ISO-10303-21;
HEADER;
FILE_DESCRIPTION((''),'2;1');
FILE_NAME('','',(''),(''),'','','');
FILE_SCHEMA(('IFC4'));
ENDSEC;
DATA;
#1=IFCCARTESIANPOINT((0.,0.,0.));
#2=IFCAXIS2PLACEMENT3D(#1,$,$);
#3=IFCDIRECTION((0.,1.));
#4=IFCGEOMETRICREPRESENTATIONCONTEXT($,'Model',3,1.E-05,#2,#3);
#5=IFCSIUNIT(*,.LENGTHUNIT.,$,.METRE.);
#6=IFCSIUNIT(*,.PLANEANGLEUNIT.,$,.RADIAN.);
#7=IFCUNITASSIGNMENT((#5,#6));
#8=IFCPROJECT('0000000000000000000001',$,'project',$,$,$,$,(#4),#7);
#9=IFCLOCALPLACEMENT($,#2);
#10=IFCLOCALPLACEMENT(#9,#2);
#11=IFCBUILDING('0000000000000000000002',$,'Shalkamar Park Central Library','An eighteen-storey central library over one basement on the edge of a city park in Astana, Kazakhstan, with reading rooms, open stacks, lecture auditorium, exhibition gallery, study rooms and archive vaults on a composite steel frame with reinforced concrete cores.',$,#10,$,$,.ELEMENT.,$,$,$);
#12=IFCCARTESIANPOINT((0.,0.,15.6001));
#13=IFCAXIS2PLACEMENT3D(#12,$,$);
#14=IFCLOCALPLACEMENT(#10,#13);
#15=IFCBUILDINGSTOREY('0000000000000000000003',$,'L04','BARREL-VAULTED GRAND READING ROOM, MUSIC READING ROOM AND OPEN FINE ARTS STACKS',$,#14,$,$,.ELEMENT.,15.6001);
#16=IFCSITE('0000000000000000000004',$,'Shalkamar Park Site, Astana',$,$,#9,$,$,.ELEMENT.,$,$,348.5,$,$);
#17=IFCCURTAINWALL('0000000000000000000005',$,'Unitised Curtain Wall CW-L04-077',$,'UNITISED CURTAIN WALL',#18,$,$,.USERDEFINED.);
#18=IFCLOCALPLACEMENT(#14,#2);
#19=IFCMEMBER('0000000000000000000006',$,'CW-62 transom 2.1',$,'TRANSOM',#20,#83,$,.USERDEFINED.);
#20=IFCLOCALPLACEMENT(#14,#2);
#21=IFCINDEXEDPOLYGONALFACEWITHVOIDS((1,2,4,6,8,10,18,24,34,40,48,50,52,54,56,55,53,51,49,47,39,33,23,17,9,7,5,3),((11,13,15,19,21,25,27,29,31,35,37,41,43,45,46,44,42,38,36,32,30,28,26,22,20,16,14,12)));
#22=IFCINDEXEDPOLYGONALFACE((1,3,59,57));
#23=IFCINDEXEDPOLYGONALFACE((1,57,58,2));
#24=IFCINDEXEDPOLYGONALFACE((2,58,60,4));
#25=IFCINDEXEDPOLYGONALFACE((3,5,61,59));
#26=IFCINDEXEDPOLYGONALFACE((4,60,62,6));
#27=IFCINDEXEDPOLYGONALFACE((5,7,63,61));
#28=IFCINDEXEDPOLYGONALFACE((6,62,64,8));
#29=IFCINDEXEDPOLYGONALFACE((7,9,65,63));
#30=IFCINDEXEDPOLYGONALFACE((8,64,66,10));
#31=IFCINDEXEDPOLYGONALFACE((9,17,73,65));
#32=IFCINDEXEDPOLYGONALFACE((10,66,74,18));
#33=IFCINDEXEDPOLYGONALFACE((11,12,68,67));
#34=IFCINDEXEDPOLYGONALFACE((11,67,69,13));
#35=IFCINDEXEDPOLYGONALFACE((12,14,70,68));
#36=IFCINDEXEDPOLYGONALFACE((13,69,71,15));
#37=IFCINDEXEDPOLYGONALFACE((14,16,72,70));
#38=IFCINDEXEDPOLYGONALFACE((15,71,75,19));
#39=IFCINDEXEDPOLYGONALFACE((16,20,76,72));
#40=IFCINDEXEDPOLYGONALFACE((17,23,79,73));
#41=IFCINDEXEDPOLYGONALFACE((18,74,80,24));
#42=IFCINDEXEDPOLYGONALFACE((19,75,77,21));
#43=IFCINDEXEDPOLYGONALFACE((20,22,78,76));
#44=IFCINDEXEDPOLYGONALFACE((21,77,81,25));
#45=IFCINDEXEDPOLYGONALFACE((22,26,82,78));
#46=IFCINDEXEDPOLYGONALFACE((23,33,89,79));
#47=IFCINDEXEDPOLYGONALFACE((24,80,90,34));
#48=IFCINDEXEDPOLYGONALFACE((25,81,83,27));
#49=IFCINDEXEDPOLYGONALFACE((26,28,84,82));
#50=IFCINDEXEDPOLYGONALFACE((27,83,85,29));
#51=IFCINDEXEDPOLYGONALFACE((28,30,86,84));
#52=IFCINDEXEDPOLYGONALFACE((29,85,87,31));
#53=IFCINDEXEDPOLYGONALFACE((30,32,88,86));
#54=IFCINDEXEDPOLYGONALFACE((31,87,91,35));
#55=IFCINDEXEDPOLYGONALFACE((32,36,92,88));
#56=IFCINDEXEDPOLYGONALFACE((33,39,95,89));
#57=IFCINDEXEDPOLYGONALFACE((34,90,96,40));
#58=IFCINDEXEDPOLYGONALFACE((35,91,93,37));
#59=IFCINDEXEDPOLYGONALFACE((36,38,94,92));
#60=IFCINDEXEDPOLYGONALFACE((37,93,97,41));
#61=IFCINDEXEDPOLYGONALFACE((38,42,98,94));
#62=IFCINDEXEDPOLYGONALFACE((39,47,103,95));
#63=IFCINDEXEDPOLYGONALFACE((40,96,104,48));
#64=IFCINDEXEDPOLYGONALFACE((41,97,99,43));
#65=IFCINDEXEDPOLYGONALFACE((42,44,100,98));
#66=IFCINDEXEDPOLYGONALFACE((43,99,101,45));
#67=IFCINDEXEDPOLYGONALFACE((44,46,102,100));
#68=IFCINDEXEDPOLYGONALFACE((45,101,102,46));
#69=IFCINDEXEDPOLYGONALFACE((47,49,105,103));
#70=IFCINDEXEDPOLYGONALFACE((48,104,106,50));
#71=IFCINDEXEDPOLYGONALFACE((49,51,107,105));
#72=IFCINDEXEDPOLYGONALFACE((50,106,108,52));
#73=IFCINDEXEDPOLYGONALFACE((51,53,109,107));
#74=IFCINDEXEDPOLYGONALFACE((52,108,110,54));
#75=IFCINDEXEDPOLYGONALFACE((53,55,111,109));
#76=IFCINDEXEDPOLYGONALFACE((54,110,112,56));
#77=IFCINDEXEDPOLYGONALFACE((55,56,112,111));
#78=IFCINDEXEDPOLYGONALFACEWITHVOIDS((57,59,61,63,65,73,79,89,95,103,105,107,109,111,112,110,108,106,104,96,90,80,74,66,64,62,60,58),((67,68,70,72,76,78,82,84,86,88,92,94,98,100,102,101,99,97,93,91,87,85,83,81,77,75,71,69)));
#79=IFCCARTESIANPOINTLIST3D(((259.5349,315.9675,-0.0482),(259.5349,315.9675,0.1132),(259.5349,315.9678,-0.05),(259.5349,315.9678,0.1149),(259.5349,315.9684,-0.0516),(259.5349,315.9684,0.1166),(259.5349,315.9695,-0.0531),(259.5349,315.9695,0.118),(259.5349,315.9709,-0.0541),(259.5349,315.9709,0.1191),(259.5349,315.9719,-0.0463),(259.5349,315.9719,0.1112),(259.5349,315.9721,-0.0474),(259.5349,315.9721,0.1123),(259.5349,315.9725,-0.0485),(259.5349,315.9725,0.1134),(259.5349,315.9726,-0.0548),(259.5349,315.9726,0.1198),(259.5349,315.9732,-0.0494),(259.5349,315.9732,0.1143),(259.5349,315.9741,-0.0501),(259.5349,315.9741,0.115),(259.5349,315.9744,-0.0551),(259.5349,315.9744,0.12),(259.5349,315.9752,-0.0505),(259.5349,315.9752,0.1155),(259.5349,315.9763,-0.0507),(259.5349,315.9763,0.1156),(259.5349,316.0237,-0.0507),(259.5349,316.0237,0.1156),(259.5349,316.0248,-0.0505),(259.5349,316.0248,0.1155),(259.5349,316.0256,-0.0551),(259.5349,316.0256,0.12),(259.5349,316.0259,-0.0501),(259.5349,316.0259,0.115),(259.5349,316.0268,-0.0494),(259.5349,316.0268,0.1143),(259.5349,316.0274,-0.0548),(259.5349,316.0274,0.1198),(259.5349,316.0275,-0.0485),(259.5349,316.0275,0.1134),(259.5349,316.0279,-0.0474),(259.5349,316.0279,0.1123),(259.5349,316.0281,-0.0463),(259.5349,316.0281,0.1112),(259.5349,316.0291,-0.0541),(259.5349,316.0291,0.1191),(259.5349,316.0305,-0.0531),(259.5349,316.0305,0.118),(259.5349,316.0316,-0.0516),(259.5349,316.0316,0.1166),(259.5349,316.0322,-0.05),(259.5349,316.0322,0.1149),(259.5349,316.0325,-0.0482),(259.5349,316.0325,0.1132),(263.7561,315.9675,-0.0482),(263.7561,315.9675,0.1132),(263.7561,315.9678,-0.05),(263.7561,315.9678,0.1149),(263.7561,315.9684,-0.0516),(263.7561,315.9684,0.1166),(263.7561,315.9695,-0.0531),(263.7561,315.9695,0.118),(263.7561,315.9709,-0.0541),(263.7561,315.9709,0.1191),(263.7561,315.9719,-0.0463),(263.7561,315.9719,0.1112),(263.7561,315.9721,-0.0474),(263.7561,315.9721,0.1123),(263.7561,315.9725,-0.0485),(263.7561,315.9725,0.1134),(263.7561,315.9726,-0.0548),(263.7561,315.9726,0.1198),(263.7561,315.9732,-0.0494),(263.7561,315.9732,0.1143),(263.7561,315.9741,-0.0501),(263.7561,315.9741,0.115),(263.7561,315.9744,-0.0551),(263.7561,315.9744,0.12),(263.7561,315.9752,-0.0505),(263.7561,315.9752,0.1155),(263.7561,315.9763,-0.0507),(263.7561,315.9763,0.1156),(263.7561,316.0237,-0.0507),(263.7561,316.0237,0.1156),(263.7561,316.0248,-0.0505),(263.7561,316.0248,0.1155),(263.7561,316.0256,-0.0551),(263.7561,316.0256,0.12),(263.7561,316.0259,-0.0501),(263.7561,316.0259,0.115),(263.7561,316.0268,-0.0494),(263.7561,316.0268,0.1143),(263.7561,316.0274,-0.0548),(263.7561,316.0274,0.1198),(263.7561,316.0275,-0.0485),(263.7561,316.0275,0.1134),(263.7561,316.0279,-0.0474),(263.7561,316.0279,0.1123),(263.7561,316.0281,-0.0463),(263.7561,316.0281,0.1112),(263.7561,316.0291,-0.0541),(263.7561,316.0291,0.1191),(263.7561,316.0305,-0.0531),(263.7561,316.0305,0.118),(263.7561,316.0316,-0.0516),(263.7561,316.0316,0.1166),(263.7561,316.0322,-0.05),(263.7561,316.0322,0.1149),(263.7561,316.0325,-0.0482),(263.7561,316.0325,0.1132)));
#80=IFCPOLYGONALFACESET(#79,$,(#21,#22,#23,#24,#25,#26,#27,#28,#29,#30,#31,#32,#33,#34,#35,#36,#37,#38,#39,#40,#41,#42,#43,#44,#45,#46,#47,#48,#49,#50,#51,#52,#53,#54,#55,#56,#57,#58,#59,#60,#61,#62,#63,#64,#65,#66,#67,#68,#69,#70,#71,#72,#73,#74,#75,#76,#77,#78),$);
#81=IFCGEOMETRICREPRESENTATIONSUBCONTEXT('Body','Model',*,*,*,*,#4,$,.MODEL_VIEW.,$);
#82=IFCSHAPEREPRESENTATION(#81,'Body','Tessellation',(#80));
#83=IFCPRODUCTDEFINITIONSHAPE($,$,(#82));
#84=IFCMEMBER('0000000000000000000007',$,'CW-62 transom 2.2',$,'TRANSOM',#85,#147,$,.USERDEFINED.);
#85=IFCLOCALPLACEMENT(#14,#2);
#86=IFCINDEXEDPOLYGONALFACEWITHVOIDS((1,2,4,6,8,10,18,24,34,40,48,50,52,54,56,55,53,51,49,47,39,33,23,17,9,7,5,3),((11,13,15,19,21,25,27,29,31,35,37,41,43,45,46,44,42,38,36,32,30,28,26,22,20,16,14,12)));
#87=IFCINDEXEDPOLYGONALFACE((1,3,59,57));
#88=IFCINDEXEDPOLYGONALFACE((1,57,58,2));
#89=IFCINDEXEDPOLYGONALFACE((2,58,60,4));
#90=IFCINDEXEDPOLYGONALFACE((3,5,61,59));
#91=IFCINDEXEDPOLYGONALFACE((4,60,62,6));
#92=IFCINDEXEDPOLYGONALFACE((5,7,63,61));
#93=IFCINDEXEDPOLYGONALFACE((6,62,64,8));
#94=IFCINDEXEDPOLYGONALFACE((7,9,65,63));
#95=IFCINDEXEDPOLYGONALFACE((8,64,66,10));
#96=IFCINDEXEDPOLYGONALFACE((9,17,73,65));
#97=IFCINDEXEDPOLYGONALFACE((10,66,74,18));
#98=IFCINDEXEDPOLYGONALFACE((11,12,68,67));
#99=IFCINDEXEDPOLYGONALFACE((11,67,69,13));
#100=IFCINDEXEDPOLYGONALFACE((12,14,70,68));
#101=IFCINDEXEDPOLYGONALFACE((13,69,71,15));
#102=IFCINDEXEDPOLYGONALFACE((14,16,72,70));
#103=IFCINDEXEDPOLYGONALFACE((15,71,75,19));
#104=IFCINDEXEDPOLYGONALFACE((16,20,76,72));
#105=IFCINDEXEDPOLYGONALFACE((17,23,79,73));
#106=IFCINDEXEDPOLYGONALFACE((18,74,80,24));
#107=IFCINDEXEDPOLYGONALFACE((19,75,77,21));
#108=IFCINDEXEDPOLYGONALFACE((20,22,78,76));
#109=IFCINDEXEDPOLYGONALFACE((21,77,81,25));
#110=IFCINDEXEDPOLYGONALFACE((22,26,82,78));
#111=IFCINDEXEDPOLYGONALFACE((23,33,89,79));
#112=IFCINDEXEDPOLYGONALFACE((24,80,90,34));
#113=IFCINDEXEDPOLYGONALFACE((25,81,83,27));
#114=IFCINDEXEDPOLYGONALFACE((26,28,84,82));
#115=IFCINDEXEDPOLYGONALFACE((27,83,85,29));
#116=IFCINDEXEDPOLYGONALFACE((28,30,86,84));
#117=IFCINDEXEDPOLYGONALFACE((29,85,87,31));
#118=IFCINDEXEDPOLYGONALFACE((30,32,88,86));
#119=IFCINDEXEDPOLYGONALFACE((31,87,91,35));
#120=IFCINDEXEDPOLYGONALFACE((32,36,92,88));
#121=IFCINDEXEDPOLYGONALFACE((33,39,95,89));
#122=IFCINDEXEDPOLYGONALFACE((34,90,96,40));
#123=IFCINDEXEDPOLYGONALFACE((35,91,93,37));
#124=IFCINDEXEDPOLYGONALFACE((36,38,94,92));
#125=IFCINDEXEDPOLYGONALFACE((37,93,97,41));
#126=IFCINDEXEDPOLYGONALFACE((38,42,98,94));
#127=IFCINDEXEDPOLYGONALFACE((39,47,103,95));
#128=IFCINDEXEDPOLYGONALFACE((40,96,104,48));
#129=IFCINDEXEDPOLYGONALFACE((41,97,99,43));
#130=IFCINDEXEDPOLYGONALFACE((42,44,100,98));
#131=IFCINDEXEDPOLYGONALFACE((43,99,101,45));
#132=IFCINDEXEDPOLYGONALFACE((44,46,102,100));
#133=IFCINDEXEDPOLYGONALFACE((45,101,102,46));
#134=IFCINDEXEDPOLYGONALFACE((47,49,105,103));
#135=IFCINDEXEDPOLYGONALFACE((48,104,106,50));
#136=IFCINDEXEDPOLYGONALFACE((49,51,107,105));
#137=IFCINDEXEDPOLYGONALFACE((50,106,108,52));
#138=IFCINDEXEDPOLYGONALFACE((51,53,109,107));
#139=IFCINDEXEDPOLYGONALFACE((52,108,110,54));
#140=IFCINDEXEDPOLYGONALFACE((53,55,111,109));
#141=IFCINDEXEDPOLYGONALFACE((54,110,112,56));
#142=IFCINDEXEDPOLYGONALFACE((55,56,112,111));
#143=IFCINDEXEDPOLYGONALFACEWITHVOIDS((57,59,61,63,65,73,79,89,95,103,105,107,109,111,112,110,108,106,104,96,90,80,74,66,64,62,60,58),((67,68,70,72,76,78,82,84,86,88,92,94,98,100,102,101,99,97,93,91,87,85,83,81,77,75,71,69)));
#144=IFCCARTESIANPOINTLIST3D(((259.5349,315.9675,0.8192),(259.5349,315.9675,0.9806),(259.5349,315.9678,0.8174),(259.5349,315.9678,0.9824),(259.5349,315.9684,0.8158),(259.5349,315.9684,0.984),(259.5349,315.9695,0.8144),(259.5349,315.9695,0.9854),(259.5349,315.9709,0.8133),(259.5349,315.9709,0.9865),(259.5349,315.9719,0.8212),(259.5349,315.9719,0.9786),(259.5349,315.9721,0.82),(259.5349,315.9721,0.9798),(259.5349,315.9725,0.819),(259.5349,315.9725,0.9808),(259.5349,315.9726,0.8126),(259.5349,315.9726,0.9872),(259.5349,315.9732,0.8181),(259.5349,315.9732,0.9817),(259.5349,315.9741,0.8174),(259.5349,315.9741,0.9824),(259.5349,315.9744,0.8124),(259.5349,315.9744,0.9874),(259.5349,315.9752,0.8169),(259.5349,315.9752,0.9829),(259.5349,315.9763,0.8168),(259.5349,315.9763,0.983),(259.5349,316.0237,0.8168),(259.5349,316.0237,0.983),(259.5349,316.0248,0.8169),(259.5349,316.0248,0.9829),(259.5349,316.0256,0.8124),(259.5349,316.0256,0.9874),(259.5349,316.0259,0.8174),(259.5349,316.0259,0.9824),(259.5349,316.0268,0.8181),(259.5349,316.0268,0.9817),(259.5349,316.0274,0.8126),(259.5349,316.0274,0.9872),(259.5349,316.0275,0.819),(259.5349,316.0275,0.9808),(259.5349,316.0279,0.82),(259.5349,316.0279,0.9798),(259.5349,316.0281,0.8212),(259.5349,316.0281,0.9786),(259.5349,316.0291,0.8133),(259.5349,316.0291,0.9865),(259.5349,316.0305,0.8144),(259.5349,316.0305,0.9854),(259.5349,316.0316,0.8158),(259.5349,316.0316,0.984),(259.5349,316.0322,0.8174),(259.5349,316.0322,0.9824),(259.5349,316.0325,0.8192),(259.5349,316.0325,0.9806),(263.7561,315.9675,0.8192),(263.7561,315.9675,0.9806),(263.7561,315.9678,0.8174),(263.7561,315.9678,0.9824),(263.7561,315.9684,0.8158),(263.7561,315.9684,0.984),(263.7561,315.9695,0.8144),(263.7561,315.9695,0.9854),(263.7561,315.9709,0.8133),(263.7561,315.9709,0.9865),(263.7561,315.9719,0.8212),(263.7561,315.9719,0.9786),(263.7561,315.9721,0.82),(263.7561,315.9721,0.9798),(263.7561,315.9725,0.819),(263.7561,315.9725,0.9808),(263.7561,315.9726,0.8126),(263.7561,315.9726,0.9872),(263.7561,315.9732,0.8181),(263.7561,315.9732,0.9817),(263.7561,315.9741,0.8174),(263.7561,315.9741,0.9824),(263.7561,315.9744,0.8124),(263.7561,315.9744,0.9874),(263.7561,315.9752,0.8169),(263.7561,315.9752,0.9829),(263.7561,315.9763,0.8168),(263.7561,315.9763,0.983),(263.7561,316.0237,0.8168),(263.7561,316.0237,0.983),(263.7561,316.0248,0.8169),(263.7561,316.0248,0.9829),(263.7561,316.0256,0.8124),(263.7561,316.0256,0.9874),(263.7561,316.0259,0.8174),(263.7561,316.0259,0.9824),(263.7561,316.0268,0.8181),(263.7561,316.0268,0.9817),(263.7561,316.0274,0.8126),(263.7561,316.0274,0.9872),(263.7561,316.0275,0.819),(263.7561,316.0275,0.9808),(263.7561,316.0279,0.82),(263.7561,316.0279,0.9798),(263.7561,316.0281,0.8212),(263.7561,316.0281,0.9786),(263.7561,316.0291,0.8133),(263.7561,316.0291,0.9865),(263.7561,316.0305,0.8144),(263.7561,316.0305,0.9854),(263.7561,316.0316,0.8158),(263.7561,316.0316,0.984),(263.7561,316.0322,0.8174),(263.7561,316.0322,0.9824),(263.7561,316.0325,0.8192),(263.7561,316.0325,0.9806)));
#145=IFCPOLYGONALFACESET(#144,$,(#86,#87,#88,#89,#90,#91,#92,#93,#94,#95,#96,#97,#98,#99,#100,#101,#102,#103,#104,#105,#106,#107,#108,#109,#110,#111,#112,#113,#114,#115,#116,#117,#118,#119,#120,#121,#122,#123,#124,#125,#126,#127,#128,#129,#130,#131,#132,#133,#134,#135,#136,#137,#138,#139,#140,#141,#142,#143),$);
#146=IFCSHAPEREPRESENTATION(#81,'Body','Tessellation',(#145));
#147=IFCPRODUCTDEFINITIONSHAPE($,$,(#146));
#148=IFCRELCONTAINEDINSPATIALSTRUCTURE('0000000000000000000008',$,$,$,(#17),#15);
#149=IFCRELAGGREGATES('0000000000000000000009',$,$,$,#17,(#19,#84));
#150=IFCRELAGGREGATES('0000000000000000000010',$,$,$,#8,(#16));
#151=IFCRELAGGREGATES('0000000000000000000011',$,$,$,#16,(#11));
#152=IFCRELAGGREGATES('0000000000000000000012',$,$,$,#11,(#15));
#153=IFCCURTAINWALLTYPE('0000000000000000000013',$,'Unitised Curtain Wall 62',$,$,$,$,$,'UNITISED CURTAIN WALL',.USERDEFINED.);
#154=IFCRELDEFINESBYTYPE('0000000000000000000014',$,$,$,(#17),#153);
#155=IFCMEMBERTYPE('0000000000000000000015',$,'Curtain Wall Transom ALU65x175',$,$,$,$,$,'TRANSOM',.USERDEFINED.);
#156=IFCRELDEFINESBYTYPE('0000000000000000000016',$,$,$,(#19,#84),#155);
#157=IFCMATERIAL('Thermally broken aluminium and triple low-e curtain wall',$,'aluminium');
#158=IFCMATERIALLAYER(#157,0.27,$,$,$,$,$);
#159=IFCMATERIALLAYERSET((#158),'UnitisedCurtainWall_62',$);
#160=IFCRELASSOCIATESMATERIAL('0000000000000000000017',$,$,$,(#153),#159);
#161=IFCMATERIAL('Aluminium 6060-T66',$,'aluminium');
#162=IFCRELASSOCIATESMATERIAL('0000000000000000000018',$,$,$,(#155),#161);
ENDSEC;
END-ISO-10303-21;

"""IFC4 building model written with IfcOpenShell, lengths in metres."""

from ifc_helpers import new_model, si_unit, direction, frame, origin, origin_2d, place, context, subcontext, project, spatial, hollow_rectangle, extrude, material, layer, layer_set, material_profile, profile_set, type_object, element, aggregate, save


model = new_model("IFC4")

# Units and contexts
model_context = context("Model", 3, precision=1e-05, world=origin(), true_north=direction((0.0, 1.0)))
body_context = subcontext(model_context, "Body", "Model", "MODEL_VIEW")
ifc_project = project(units=[si_unit("LENGTHUNIT", "METRE"), si_unit("PLANEANGLEUNIT", "RADIAN")], contexts=[model_context])

# Site, building, storey
site_placement = place(None, origin())
site = spatial("IfcSite", under=ifc_project, at=site_placement, Name="Shalkamar Park Site, Astana", CompositionType="ELEMENT", RefElevation=348.5)
building_placement = place(site_placement, origin())
building = spatial("IfcBuilding", under=site, at=building_placement, Name="Shalkamar Park Central Library", Description="An eighteen-storey central library over one basement on the edge of a city park in Astana, Kazakhstan, with reading rooms, open stacks, lecture auditorium, exhibition gallery, study rooms and archive vaults on a composite steel frame with reinforced concrete cores.", CompositionType="ELEMENT")
storey_placement = place(building_placement, frame((0.0, 0.0, 15.6001)))
storey = spatial("IfcBuildingStorey", under=building, at=storey_placement, Name="L04", Description="BARREL-VAULTED GRAND READING ROOM, MUSIC READING ROOM AND OPEN FINE ARTS STACKS", CompositionType="ELEMENT", Elevation=15.6001)

# Shared definitions
ifc_material_1 = material(Name="Thermally broken aluminium and triple low-e curtain wall", Category="aluminium")
ifc_material_2 = material(Name="Aluminium 6060-T66", Category="aluminium")

# Curtain wall
ifc_layer_1 = layer(ifc_material_1, 0.27)
ifc_layer_set_1 = layer_set([ifc_layer_1], Name="UnitisedCurtainWall_62")
curtain_wall_type_1 = type_object("IfcCurtainWallType", Name="Unitised Curtain Wall 62", ElementType="UNITISED CURTAIN WALL", PredefinedType="USERDEFINED", material=ifc_layer_set_1)
curtain_wall_1_placement = place(storey_placement, origin())
curtain_wall_1 = element("IfcCurtainWall", 1, at=curtain_wall_1_placement, inside=storey, type_object=curtain_wall_type_1, Name="Unitised Curtain Wall CW-L04-077", ObjectType="UNITISED CURTAIN WALL", PredefinedType="USERDEFINED")

# Members
ifc_material_profile_1 = material_profile(ifc_material_2, hollow_rectangle(XDim=0.0649, YDim=0.175, WallThickness=0.0044, InnerFilletRadius=0.0044, OuterFilletRadius=0.0068, at=origin_2d()), Name="ALU 65x175x4.5")
ifc_profile_set_1 = profile_set([ifc_material_profile_1], Name="Aluminium 6060-T66")
member_type_1 = type_object("IfcMemberType", Name="Curtain Wall Transom ALU65x175", ElementType="TRANSOM", PredefinedType="USERDEFINED", material=ifc_profile_set_1)
member_1_placement = place(storey_placement, frame((259.5349, 316.0, 0.0325), z_axis=(1.0, 0.0, 0.0), x_axis=(0.0, 1.0, 0.0)))
member_1 = element("IfcMember", 2, at=member_1_placement, type_object=member_type_1, Name="CW-62 transom 2.1", ObjectType="TRANSOM", PredefinedType="USERDEFINED", context=body_context, shape_type="SweptSolid", body=[
    extrude(hollow_rectangle(XDim=0.0649, YDim=0.175, WallThickness=0.0044, InnerFilletRadius=0.0044, OuterFilletRadius=0.0068, at=origin_2d()), origin(), (0.0, 0.0, 1.0), 4.2212),
])
member_2_placement = place(storey_placement, frame((259.5349, 316.0, 0.8999), z_axis=(1.0, 0.0, 0.0), x_axis=(0.0, 1.0, 0.0)))
member_2 = element("IfcMember", 3, at=member_2_placement, type_object=member_type_1, Name="CW-62 transom 2.2", ObjectType="TRANSOM", PredefinedType="USERDEFINED", context=body_context, shape_type="SweptSolid", body=[
    extrude(hollow_rectangle(XDim=0.0649, YDim=0.175, WallThickness=0.0044, InnerFilletRadius=0.0044, OuterFilletRadius=0.0068, at=origin_2d()), origin(), (0.0, 0.0, 1.0), 4.2212),
])

aggregate(curtain_wall_1, [member_1, member_2])

save(model, "model.ifc")
